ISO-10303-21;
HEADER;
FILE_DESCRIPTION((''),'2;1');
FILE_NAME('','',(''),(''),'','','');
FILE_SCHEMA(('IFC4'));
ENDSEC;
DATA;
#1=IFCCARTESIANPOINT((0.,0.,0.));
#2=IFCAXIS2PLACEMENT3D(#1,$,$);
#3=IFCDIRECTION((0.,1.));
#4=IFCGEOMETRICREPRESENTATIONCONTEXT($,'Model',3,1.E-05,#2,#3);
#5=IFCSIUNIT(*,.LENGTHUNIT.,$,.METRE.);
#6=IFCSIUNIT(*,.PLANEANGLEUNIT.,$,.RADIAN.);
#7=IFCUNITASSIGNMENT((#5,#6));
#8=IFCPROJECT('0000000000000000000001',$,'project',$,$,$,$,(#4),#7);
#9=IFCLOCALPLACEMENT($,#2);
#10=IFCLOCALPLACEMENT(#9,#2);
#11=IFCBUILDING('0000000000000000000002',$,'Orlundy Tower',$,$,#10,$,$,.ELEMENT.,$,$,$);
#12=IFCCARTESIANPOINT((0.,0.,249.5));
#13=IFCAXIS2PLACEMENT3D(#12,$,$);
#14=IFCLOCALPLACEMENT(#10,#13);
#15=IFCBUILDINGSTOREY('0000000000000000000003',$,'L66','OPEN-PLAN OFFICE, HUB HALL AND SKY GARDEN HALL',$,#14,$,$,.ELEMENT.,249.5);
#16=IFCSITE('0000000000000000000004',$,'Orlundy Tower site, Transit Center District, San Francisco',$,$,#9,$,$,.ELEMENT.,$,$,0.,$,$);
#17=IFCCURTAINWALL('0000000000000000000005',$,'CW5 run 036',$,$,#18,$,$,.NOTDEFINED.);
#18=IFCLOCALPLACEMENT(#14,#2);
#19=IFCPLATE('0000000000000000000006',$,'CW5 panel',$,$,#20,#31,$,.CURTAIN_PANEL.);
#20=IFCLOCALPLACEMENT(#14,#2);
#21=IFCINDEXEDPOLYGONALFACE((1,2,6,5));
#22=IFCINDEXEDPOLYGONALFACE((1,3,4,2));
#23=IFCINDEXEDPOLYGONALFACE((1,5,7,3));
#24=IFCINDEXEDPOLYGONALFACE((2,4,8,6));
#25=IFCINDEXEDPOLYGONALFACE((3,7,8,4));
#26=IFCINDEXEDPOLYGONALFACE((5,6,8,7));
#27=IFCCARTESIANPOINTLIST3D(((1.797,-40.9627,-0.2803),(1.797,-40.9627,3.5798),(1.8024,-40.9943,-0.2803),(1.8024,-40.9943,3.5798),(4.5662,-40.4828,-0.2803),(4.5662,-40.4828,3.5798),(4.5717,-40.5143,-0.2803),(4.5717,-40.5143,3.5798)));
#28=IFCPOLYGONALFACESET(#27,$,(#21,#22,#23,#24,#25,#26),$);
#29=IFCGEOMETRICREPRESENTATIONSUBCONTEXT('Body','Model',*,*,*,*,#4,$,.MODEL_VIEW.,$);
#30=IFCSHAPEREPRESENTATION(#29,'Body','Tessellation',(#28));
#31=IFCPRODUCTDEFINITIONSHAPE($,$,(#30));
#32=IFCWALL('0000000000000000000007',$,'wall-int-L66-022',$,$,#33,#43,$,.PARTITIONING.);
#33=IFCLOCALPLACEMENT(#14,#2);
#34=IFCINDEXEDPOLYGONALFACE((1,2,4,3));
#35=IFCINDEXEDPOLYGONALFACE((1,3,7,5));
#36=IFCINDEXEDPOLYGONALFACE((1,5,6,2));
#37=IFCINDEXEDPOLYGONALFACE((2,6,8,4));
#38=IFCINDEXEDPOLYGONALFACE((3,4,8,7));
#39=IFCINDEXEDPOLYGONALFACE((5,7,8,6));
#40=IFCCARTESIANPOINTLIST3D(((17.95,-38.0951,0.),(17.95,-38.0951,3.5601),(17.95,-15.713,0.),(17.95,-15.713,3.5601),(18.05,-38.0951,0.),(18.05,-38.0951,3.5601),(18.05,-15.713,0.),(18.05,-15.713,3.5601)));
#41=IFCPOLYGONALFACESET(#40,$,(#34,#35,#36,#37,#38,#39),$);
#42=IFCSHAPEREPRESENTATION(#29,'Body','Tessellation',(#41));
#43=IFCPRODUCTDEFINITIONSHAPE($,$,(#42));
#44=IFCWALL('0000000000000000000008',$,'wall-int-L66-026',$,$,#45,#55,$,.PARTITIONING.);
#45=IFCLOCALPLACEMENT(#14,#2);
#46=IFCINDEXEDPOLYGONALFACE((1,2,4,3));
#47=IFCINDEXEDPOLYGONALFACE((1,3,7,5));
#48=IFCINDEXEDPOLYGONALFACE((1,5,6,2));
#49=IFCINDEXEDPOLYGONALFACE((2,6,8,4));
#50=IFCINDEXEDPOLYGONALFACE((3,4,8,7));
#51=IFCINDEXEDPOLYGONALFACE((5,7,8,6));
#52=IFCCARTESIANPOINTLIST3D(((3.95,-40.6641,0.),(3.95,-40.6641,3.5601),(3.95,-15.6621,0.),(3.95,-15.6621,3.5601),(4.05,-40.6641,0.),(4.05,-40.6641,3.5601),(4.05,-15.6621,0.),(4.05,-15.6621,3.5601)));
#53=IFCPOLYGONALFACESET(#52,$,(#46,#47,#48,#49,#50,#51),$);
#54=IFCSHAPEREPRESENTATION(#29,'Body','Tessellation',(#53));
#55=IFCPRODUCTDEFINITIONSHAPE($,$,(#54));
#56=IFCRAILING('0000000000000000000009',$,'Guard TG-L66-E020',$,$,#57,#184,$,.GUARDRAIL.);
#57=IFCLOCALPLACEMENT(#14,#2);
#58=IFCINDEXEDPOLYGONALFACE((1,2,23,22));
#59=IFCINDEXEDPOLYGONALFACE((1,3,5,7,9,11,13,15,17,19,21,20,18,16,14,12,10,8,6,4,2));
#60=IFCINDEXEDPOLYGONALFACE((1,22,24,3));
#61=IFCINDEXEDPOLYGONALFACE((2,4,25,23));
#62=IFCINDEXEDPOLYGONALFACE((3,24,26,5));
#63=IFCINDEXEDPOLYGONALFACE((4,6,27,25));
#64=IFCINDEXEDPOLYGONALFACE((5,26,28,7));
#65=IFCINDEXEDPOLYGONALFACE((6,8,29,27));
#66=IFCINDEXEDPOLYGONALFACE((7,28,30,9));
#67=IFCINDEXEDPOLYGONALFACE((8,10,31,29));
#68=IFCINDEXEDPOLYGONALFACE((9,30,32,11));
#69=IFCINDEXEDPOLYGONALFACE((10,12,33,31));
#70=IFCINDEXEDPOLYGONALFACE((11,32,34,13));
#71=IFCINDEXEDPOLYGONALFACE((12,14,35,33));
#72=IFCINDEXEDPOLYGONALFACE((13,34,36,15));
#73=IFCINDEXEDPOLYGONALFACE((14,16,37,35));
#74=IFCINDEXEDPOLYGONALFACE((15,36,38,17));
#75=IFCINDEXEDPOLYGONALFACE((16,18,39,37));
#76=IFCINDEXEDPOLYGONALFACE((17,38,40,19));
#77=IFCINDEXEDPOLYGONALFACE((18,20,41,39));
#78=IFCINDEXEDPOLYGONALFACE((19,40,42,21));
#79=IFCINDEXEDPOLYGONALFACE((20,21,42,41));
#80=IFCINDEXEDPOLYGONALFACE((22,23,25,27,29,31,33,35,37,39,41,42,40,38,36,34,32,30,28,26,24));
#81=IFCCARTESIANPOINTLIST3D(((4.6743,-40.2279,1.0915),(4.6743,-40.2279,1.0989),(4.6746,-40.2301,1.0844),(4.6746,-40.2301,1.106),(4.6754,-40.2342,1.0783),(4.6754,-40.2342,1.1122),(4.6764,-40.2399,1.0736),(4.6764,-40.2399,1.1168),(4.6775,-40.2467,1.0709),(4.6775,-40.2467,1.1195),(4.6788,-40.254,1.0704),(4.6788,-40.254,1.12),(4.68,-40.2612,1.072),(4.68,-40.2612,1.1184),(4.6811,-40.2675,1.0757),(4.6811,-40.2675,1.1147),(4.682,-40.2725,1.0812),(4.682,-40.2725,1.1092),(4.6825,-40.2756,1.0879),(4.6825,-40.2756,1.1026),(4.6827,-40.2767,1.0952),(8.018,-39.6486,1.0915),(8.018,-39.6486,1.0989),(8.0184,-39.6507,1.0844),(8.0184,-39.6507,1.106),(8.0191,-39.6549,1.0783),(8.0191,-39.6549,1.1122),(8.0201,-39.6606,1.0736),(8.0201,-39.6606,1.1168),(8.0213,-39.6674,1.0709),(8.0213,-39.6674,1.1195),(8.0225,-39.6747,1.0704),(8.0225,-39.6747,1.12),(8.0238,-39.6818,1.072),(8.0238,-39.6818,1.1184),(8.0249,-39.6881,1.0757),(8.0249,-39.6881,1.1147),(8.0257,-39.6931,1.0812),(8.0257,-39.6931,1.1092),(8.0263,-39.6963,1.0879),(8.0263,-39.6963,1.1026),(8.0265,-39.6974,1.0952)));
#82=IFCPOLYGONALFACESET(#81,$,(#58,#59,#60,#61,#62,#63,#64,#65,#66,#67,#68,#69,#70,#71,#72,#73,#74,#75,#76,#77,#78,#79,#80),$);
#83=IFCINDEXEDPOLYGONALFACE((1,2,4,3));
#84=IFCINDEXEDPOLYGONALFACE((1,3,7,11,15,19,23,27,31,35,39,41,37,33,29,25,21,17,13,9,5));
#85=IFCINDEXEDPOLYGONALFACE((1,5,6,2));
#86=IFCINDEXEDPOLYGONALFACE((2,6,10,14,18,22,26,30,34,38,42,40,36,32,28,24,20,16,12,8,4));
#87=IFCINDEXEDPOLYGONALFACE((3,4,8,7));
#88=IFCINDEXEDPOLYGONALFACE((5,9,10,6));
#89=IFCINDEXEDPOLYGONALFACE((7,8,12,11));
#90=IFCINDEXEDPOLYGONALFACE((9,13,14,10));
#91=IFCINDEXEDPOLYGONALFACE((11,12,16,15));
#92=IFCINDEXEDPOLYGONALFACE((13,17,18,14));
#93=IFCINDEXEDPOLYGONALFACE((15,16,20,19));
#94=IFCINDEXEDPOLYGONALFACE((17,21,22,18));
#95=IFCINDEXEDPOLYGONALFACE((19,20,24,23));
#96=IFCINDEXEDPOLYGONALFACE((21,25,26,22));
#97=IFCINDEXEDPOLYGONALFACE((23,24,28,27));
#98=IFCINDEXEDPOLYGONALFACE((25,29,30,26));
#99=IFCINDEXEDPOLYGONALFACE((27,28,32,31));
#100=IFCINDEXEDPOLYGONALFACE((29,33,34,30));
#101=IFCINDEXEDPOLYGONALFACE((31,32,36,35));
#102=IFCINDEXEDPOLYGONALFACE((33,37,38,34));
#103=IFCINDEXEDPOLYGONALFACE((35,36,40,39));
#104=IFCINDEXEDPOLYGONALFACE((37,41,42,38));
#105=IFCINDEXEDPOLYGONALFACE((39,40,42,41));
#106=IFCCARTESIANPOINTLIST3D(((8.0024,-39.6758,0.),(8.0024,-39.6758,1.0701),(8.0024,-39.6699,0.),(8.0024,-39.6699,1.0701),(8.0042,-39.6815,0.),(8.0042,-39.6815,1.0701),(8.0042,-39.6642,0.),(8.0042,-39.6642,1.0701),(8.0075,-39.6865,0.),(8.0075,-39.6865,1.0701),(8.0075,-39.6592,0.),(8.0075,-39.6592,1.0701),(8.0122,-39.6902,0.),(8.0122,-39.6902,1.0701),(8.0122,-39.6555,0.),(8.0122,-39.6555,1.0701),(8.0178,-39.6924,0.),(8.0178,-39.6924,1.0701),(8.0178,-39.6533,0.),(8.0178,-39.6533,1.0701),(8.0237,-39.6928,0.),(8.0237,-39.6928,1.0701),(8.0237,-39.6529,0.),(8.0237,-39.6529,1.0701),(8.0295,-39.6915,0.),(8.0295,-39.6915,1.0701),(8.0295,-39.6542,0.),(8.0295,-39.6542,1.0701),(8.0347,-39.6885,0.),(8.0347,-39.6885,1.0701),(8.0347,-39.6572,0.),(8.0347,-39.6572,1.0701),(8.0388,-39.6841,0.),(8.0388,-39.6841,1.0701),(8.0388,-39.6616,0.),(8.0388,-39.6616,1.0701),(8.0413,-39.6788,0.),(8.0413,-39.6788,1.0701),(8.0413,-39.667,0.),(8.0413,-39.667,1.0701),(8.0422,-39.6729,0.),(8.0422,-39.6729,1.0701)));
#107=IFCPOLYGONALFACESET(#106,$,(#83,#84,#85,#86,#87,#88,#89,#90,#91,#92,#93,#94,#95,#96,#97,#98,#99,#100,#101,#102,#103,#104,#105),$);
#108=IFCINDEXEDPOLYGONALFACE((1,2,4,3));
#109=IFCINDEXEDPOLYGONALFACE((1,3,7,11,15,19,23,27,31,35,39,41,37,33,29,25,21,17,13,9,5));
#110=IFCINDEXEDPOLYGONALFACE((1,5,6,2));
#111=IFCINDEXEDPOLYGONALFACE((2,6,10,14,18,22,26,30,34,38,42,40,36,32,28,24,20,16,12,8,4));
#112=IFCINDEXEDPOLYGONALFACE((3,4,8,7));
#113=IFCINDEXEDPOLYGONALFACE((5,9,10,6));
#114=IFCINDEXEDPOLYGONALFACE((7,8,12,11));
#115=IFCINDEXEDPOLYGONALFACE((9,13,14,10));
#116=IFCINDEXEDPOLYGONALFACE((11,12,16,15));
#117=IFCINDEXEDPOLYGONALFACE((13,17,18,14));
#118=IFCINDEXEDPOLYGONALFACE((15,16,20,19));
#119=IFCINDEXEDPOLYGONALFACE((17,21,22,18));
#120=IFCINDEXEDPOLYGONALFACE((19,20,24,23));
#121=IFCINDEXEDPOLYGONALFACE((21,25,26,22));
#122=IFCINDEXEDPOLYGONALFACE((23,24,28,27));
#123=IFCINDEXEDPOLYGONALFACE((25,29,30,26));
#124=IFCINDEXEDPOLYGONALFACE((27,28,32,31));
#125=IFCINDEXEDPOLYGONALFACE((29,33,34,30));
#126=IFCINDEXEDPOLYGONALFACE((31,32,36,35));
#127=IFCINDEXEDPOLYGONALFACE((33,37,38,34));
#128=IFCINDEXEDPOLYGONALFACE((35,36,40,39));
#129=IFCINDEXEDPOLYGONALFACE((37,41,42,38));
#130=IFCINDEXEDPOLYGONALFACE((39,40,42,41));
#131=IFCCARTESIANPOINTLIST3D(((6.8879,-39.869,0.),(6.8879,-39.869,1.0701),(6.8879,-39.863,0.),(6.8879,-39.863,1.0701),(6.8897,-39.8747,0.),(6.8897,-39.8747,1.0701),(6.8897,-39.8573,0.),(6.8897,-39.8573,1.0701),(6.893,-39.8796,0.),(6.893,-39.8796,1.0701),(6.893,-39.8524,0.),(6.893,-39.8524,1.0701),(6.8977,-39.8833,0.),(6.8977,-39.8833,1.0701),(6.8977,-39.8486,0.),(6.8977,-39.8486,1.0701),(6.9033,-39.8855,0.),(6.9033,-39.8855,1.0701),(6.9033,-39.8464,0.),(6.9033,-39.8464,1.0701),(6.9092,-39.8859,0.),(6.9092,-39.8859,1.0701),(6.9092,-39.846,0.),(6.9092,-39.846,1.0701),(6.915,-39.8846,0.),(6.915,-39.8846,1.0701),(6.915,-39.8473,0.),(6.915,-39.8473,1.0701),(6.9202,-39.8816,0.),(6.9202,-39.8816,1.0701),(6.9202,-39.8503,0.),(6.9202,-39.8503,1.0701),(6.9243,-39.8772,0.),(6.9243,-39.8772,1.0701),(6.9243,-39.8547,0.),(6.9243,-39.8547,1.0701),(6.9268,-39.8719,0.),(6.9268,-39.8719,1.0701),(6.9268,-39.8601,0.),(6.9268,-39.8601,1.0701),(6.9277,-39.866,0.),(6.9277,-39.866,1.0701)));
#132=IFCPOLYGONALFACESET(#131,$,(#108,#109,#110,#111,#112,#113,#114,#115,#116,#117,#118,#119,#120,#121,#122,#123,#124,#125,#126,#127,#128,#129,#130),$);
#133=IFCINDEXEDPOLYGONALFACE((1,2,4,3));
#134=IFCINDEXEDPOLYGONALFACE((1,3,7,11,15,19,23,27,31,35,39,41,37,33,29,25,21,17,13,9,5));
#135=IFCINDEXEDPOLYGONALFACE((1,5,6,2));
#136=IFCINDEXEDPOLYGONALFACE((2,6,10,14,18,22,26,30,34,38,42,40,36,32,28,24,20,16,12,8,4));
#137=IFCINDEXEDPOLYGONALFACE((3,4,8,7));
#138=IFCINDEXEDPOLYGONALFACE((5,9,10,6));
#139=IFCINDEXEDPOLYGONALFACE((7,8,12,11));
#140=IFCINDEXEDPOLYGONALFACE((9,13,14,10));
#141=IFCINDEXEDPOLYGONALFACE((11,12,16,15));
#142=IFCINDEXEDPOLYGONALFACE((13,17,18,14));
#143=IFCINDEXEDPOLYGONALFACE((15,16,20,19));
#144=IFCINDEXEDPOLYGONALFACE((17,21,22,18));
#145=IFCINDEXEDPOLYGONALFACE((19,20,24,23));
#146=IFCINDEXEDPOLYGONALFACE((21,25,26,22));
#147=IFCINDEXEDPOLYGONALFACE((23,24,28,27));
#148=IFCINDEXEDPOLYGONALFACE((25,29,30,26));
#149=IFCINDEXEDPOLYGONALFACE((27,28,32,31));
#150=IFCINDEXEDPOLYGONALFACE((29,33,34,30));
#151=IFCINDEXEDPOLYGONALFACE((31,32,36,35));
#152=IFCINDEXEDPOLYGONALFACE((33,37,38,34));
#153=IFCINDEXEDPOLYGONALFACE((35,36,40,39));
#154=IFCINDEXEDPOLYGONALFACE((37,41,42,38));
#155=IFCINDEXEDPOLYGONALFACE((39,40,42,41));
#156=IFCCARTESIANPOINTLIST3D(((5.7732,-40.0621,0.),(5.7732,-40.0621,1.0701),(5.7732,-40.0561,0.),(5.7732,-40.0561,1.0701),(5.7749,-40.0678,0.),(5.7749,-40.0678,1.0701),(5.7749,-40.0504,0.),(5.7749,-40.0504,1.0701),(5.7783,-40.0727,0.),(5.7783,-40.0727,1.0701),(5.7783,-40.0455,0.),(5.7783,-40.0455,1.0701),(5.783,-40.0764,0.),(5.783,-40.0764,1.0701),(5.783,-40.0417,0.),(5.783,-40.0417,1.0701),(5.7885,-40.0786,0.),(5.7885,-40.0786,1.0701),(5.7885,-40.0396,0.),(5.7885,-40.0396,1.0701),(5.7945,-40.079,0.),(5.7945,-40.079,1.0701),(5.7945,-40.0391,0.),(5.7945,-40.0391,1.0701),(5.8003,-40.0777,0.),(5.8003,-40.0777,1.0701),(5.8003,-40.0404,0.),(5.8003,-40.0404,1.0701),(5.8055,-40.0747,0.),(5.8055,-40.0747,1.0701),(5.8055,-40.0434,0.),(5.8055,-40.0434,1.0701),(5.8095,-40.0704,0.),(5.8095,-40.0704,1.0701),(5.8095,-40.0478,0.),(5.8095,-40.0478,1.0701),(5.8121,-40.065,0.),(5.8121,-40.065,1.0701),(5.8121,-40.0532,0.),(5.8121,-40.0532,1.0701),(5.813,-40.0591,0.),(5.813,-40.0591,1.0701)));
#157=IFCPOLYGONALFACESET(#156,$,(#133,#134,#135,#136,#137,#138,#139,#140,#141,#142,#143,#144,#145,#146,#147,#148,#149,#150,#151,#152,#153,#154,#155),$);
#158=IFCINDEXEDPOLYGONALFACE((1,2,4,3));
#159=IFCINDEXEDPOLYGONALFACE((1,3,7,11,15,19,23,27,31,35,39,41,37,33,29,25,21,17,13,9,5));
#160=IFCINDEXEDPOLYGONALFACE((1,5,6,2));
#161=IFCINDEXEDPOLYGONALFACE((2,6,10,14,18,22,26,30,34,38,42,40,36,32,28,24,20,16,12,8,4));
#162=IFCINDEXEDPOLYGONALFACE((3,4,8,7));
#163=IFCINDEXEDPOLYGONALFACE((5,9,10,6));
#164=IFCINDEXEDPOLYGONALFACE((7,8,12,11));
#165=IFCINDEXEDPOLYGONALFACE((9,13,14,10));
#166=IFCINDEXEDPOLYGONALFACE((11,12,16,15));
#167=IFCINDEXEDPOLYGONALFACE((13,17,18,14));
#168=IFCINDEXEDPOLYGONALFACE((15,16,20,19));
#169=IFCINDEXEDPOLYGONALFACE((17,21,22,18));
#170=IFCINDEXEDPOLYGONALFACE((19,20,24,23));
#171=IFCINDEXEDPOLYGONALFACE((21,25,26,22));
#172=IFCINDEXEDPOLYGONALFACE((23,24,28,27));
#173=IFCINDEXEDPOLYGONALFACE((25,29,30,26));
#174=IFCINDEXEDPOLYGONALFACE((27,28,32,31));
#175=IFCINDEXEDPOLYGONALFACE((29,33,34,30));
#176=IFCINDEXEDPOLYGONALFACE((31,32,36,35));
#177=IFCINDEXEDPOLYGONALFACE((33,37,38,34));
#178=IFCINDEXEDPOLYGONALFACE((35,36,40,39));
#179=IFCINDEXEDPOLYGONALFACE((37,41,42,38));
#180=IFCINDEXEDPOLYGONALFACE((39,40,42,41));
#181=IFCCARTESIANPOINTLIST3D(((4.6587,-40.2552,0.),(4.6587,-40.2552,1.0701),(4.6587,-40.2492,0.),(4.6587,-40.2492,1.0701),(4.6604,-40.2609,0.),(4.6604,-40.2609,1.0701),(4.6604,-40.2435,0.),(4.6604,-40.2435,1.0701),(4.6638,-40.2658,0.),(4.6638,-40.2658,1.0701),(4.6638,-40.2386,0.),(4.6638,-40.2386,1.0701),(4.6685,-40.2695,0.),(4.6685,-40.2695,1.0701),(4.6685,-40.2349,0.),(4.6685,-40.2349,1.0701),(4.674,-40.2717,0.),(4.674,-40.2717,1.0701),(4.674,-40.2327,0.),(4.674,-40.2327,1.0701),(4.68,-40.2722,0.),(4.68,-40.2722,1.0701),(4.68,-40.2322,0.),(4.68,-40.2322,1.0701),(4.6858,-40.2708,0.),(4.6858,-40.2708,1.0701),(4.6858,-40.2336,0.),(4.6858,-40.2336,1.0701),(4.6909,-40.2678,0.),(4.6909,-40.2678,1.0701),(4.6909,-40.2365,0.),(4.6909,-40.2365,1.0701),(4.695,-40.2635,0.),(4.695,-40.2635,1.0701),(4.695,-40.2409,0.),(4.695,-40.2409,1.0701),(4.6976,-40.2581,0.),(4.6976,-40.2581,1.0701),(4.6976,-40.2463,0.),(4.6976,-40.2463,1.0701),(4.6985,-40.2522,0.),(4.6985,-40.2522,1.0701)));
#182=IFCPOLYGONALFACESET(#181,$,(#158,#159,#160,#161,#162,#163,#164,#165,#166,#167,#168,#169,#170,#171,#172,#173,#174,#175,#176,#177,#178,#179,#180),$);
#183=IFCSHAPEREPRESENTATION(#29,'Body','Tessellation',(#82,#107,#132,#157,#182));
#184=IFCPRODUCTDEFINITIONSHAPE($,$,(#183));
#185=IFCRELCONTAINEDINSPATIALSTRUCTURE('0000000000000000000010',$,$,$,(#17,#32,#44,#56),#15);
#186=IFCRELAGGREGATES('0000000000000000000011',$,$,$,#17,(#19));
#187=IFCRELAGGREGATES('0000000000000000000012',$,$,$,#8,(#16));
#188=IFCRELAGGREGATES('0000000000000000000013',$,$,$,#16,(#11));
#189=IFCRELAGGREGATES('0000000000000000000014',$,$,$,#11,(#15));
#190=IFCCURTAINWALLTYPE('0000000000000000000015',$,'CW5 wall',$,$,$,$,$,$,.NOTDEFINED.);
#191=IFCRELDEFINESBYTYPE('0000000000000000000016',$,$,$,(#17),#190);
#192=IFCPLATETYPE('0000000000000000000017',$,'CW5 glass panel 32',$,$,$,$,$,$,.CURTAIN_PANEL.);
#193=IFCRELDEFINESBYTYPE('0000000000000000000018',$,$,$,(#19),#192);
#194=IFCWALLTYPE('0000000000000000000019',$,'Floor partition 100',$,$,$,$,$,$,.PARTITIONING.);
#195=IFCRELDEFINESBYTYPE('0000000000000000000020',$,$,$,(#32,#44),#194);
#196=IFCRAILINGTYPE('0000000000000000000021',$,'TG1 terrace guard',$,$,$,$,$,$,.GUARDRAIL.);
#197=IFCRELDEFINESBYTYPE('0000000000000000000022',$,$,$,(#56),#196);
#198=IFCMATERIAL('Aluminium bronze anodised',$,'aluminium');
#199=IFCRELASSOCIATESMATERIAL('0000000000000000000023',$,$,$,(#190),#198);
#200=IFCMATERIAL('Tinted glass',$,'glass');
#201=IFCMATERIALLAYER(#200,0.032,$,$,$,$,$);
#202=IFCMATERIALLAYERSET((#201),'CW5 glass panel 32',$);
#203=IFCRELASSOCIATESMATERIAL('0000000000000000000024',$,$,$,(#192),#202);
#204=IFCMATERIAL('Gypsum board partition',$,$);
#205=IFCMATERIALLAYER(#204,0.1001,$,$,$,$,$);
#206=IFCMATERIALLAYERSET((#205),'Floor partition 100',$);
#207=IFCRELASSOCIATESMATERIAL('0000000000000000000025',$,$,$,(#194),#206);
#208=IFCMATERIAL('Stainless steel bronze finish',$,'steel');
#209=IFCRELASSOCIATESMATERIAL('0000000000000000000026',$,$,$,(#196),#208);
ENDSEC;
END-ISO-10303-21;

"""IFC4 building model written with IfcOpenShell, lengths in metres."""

from ifc_helpers import new_model, si_unit, direction, frame, frame_2d, origin, origin_2d, place, context, subcontext, project, spatial, rectangle, circle, extrude, material, layer, layer_set, type_object, element, aggregate, save


model = new_model("IFC4")

# Units and contexts
model_context = context("Model", 3, precision=1e-05, world=origin(), true_north=direction((0.0, 1.0)))
body_context = subcontext(model_context, "Body", "Model", "MODEL_VIEW")
ifc_project = project(units=[si_unit("LENGTHUNIT", "METRE"), si_unit("PLANEANGLEUNIT", "RADIAN")], contexts=[model_context])

# Site, building, storey
site_placement = place(None, origin())
site = spatial("IfcSite", under=ifc_project, at=site_placement, Name="Orlundy Tower site, Transit Center District, San Francisco", CompositionType="ELEMENT", RefElevation=0.0)
building_placement = place(site_placement, origin())
building = spatial("IfcBuilding", under=site, at=building_placement, Name="Orlundy Tower", CompositionType="ELEMENT")
storey_placement = place(building_placement, frame((0.0, 0.0, 249.5)))
storey = spatial("IfcBuildingStorey", under=building, at=storey_placement, Name="L66", Description="OPEN-PLAN OFFICE, HUB HALL AND SKY GARDEN HALL", CompositionType="ELEMENT", Elevation=249.5)

# Curtain wall
ifc_material_1 = material(Name="Aluminium bronze anodised", Category="aluminium")
curtain_wall_type = type_object("IfcCurtainWallType", Name="CW5 wall", PredefinedType="NOTDEFINED", material=ifc_material_1)
curtain_wall_1_placement = place(storey_placement, origin())
curtain_wall_1 = element("IfcCurtainWall", 1, at=curtain_wall_1_placement, inside=storey, type_object=curtain_wall_type, Name="CW5 run 036", PredefinedType="NOTDEFINED")

# Plate
ifc_material_2 = material(Name="Tinted glass", Category="glass")
ifc_layer_1 = layer(ifc_material_2, 0.032)
ifc_layer_set_1 = layer_set([ifc_layer_1], Name="CW5 glass panel 32")
plate_type = type_object("IfcPlateType", Name="CW5 glass panel 32", PredefinedType="CURTAIN_PANEL", material=ifc_layer_set_1)
plate_1_placement = place(storey_placement, frame((3.1843, -40.7385, -0.2803), z_axis=(0.0, 0.0, 1.0), x_axis=(-0.985312, -0.170766, 0.0)))
plate_1 = element("IfcPlate", 2, at=plate_1_placement, type_object=plate_type, Name="CW5 panel", PredefinedType="CURTAIN_PANEL", context=body_context, shape_type="SweptSolid", body=[
    extrude(rectangle(XDim=2.8105, YDim=0.032, at=origin_2d()), origin(), (0.0, 0.0, 1.0), 3.8601),
])
aggregate(curtain_wall_1, [plate_1])

# Walls
ifc_material_3 = material(Name="Gypsum board partition")
ifc_layer_2 = layer(ifc_material_3, 0.1001)
ifc_layer_set_2 = layer_set([ifc_layer_2], Name="Floor partition 100")
wall_type = type_object("IfcWallType", Name="Floor partition 100", PredefinedType="PARTITIONING", material=ifc_layer_set_2)
wall_1_placement = place(storey_placement, frame((18.0, -38.095, 0.0), z_axis=(0.0, 0.0, 1.0), x_axis=(0.0, 1.0, 0.0)))
element("IfcWall", 3, at=wall_1_placement, inside=storey, type_object=wall_type, Name="wall-int-L66-022", PredefinedType="PARTITIONING", context=body_context, shape_type="SweptSolid", body=[
    extrude(rectangle(XDim=22.3821, YDim=0.1001, at=frame_2d((11.1909, 0.0))), origin(), (0.0, 0.0, 1.0), 3.5601),
])
wall_2_placement = place(storey_placement, frame((4.0, -40.6641, 0.0), z_axis=(0.0, 0.0, 1.0), x_axis=(0.0, 1.0, 0.0)))
element("IfcWall", 4, at=wall_2_placement, inside=storey, type_object=wall_type, Name="wall-int-L66-026", PredefinedType="PARTITIONING", context=body_context, shape_type="SweptSolid", body=[
    extrude(rectangle(XDim=25.002, YDim=0.1001, at=frame_2d((12.501, 0.0))), origin(), (0.0, 0.0, 1.0), 3.5601),
])

# Railing
ifc_material_4 = material(Name="Stainless steel bronze finish", Category="steel")
railing_type = type_object("IfcRailingType", Name="TG1 terrace guard", PredefinedType="GUARDRAIL", material=ifc_material_4)
railing_1_placement = place(storey_placement, frame((8.0222, -39.6729, 0.0)))
element("IfcRailing", 5, at=railing_1_placement, inside=storey, type_object=railing_type, Name="Guard TG-L66-E020", PredefinedType="GUARDRAIL", context=body_context, shape_type="SweptSolid", body=[
    extrude(circle(Radius=0.0249, at=origin_2d()), frame((0.0, 0.0, 1.0952), z_axis=(-0.98532, -0.170719, 0.0), x_axis=(0.170719, -0.98532, 0.0)), (0.0, 0.0, 1.0), 3.3936),
    extrude(circle(Radius=0.02, at=origin_2d()), origin(), (0.0, 0.0, 1.0), 1.0701),
    extrude(circle(Radius=0.02, at=origin_2d()), frame((-1.1145, -0.1931, 0.0)), (0.0, 0.0, 1.0), 1.0701),
    extrude(circle(Radius=0.02, at=origin_2d()), frame((-2.2292, -0.3862, 0.0)), (0.0, 0.0, 1.0), 1.0701),
    extrude(circle(Radius=0.02, at=origin_2d()), frame((-3.3438, -0.5793, 0.0)), (0.0, 0.0, 1.0), 1.0701),
])

save(model, "model.ifc")
